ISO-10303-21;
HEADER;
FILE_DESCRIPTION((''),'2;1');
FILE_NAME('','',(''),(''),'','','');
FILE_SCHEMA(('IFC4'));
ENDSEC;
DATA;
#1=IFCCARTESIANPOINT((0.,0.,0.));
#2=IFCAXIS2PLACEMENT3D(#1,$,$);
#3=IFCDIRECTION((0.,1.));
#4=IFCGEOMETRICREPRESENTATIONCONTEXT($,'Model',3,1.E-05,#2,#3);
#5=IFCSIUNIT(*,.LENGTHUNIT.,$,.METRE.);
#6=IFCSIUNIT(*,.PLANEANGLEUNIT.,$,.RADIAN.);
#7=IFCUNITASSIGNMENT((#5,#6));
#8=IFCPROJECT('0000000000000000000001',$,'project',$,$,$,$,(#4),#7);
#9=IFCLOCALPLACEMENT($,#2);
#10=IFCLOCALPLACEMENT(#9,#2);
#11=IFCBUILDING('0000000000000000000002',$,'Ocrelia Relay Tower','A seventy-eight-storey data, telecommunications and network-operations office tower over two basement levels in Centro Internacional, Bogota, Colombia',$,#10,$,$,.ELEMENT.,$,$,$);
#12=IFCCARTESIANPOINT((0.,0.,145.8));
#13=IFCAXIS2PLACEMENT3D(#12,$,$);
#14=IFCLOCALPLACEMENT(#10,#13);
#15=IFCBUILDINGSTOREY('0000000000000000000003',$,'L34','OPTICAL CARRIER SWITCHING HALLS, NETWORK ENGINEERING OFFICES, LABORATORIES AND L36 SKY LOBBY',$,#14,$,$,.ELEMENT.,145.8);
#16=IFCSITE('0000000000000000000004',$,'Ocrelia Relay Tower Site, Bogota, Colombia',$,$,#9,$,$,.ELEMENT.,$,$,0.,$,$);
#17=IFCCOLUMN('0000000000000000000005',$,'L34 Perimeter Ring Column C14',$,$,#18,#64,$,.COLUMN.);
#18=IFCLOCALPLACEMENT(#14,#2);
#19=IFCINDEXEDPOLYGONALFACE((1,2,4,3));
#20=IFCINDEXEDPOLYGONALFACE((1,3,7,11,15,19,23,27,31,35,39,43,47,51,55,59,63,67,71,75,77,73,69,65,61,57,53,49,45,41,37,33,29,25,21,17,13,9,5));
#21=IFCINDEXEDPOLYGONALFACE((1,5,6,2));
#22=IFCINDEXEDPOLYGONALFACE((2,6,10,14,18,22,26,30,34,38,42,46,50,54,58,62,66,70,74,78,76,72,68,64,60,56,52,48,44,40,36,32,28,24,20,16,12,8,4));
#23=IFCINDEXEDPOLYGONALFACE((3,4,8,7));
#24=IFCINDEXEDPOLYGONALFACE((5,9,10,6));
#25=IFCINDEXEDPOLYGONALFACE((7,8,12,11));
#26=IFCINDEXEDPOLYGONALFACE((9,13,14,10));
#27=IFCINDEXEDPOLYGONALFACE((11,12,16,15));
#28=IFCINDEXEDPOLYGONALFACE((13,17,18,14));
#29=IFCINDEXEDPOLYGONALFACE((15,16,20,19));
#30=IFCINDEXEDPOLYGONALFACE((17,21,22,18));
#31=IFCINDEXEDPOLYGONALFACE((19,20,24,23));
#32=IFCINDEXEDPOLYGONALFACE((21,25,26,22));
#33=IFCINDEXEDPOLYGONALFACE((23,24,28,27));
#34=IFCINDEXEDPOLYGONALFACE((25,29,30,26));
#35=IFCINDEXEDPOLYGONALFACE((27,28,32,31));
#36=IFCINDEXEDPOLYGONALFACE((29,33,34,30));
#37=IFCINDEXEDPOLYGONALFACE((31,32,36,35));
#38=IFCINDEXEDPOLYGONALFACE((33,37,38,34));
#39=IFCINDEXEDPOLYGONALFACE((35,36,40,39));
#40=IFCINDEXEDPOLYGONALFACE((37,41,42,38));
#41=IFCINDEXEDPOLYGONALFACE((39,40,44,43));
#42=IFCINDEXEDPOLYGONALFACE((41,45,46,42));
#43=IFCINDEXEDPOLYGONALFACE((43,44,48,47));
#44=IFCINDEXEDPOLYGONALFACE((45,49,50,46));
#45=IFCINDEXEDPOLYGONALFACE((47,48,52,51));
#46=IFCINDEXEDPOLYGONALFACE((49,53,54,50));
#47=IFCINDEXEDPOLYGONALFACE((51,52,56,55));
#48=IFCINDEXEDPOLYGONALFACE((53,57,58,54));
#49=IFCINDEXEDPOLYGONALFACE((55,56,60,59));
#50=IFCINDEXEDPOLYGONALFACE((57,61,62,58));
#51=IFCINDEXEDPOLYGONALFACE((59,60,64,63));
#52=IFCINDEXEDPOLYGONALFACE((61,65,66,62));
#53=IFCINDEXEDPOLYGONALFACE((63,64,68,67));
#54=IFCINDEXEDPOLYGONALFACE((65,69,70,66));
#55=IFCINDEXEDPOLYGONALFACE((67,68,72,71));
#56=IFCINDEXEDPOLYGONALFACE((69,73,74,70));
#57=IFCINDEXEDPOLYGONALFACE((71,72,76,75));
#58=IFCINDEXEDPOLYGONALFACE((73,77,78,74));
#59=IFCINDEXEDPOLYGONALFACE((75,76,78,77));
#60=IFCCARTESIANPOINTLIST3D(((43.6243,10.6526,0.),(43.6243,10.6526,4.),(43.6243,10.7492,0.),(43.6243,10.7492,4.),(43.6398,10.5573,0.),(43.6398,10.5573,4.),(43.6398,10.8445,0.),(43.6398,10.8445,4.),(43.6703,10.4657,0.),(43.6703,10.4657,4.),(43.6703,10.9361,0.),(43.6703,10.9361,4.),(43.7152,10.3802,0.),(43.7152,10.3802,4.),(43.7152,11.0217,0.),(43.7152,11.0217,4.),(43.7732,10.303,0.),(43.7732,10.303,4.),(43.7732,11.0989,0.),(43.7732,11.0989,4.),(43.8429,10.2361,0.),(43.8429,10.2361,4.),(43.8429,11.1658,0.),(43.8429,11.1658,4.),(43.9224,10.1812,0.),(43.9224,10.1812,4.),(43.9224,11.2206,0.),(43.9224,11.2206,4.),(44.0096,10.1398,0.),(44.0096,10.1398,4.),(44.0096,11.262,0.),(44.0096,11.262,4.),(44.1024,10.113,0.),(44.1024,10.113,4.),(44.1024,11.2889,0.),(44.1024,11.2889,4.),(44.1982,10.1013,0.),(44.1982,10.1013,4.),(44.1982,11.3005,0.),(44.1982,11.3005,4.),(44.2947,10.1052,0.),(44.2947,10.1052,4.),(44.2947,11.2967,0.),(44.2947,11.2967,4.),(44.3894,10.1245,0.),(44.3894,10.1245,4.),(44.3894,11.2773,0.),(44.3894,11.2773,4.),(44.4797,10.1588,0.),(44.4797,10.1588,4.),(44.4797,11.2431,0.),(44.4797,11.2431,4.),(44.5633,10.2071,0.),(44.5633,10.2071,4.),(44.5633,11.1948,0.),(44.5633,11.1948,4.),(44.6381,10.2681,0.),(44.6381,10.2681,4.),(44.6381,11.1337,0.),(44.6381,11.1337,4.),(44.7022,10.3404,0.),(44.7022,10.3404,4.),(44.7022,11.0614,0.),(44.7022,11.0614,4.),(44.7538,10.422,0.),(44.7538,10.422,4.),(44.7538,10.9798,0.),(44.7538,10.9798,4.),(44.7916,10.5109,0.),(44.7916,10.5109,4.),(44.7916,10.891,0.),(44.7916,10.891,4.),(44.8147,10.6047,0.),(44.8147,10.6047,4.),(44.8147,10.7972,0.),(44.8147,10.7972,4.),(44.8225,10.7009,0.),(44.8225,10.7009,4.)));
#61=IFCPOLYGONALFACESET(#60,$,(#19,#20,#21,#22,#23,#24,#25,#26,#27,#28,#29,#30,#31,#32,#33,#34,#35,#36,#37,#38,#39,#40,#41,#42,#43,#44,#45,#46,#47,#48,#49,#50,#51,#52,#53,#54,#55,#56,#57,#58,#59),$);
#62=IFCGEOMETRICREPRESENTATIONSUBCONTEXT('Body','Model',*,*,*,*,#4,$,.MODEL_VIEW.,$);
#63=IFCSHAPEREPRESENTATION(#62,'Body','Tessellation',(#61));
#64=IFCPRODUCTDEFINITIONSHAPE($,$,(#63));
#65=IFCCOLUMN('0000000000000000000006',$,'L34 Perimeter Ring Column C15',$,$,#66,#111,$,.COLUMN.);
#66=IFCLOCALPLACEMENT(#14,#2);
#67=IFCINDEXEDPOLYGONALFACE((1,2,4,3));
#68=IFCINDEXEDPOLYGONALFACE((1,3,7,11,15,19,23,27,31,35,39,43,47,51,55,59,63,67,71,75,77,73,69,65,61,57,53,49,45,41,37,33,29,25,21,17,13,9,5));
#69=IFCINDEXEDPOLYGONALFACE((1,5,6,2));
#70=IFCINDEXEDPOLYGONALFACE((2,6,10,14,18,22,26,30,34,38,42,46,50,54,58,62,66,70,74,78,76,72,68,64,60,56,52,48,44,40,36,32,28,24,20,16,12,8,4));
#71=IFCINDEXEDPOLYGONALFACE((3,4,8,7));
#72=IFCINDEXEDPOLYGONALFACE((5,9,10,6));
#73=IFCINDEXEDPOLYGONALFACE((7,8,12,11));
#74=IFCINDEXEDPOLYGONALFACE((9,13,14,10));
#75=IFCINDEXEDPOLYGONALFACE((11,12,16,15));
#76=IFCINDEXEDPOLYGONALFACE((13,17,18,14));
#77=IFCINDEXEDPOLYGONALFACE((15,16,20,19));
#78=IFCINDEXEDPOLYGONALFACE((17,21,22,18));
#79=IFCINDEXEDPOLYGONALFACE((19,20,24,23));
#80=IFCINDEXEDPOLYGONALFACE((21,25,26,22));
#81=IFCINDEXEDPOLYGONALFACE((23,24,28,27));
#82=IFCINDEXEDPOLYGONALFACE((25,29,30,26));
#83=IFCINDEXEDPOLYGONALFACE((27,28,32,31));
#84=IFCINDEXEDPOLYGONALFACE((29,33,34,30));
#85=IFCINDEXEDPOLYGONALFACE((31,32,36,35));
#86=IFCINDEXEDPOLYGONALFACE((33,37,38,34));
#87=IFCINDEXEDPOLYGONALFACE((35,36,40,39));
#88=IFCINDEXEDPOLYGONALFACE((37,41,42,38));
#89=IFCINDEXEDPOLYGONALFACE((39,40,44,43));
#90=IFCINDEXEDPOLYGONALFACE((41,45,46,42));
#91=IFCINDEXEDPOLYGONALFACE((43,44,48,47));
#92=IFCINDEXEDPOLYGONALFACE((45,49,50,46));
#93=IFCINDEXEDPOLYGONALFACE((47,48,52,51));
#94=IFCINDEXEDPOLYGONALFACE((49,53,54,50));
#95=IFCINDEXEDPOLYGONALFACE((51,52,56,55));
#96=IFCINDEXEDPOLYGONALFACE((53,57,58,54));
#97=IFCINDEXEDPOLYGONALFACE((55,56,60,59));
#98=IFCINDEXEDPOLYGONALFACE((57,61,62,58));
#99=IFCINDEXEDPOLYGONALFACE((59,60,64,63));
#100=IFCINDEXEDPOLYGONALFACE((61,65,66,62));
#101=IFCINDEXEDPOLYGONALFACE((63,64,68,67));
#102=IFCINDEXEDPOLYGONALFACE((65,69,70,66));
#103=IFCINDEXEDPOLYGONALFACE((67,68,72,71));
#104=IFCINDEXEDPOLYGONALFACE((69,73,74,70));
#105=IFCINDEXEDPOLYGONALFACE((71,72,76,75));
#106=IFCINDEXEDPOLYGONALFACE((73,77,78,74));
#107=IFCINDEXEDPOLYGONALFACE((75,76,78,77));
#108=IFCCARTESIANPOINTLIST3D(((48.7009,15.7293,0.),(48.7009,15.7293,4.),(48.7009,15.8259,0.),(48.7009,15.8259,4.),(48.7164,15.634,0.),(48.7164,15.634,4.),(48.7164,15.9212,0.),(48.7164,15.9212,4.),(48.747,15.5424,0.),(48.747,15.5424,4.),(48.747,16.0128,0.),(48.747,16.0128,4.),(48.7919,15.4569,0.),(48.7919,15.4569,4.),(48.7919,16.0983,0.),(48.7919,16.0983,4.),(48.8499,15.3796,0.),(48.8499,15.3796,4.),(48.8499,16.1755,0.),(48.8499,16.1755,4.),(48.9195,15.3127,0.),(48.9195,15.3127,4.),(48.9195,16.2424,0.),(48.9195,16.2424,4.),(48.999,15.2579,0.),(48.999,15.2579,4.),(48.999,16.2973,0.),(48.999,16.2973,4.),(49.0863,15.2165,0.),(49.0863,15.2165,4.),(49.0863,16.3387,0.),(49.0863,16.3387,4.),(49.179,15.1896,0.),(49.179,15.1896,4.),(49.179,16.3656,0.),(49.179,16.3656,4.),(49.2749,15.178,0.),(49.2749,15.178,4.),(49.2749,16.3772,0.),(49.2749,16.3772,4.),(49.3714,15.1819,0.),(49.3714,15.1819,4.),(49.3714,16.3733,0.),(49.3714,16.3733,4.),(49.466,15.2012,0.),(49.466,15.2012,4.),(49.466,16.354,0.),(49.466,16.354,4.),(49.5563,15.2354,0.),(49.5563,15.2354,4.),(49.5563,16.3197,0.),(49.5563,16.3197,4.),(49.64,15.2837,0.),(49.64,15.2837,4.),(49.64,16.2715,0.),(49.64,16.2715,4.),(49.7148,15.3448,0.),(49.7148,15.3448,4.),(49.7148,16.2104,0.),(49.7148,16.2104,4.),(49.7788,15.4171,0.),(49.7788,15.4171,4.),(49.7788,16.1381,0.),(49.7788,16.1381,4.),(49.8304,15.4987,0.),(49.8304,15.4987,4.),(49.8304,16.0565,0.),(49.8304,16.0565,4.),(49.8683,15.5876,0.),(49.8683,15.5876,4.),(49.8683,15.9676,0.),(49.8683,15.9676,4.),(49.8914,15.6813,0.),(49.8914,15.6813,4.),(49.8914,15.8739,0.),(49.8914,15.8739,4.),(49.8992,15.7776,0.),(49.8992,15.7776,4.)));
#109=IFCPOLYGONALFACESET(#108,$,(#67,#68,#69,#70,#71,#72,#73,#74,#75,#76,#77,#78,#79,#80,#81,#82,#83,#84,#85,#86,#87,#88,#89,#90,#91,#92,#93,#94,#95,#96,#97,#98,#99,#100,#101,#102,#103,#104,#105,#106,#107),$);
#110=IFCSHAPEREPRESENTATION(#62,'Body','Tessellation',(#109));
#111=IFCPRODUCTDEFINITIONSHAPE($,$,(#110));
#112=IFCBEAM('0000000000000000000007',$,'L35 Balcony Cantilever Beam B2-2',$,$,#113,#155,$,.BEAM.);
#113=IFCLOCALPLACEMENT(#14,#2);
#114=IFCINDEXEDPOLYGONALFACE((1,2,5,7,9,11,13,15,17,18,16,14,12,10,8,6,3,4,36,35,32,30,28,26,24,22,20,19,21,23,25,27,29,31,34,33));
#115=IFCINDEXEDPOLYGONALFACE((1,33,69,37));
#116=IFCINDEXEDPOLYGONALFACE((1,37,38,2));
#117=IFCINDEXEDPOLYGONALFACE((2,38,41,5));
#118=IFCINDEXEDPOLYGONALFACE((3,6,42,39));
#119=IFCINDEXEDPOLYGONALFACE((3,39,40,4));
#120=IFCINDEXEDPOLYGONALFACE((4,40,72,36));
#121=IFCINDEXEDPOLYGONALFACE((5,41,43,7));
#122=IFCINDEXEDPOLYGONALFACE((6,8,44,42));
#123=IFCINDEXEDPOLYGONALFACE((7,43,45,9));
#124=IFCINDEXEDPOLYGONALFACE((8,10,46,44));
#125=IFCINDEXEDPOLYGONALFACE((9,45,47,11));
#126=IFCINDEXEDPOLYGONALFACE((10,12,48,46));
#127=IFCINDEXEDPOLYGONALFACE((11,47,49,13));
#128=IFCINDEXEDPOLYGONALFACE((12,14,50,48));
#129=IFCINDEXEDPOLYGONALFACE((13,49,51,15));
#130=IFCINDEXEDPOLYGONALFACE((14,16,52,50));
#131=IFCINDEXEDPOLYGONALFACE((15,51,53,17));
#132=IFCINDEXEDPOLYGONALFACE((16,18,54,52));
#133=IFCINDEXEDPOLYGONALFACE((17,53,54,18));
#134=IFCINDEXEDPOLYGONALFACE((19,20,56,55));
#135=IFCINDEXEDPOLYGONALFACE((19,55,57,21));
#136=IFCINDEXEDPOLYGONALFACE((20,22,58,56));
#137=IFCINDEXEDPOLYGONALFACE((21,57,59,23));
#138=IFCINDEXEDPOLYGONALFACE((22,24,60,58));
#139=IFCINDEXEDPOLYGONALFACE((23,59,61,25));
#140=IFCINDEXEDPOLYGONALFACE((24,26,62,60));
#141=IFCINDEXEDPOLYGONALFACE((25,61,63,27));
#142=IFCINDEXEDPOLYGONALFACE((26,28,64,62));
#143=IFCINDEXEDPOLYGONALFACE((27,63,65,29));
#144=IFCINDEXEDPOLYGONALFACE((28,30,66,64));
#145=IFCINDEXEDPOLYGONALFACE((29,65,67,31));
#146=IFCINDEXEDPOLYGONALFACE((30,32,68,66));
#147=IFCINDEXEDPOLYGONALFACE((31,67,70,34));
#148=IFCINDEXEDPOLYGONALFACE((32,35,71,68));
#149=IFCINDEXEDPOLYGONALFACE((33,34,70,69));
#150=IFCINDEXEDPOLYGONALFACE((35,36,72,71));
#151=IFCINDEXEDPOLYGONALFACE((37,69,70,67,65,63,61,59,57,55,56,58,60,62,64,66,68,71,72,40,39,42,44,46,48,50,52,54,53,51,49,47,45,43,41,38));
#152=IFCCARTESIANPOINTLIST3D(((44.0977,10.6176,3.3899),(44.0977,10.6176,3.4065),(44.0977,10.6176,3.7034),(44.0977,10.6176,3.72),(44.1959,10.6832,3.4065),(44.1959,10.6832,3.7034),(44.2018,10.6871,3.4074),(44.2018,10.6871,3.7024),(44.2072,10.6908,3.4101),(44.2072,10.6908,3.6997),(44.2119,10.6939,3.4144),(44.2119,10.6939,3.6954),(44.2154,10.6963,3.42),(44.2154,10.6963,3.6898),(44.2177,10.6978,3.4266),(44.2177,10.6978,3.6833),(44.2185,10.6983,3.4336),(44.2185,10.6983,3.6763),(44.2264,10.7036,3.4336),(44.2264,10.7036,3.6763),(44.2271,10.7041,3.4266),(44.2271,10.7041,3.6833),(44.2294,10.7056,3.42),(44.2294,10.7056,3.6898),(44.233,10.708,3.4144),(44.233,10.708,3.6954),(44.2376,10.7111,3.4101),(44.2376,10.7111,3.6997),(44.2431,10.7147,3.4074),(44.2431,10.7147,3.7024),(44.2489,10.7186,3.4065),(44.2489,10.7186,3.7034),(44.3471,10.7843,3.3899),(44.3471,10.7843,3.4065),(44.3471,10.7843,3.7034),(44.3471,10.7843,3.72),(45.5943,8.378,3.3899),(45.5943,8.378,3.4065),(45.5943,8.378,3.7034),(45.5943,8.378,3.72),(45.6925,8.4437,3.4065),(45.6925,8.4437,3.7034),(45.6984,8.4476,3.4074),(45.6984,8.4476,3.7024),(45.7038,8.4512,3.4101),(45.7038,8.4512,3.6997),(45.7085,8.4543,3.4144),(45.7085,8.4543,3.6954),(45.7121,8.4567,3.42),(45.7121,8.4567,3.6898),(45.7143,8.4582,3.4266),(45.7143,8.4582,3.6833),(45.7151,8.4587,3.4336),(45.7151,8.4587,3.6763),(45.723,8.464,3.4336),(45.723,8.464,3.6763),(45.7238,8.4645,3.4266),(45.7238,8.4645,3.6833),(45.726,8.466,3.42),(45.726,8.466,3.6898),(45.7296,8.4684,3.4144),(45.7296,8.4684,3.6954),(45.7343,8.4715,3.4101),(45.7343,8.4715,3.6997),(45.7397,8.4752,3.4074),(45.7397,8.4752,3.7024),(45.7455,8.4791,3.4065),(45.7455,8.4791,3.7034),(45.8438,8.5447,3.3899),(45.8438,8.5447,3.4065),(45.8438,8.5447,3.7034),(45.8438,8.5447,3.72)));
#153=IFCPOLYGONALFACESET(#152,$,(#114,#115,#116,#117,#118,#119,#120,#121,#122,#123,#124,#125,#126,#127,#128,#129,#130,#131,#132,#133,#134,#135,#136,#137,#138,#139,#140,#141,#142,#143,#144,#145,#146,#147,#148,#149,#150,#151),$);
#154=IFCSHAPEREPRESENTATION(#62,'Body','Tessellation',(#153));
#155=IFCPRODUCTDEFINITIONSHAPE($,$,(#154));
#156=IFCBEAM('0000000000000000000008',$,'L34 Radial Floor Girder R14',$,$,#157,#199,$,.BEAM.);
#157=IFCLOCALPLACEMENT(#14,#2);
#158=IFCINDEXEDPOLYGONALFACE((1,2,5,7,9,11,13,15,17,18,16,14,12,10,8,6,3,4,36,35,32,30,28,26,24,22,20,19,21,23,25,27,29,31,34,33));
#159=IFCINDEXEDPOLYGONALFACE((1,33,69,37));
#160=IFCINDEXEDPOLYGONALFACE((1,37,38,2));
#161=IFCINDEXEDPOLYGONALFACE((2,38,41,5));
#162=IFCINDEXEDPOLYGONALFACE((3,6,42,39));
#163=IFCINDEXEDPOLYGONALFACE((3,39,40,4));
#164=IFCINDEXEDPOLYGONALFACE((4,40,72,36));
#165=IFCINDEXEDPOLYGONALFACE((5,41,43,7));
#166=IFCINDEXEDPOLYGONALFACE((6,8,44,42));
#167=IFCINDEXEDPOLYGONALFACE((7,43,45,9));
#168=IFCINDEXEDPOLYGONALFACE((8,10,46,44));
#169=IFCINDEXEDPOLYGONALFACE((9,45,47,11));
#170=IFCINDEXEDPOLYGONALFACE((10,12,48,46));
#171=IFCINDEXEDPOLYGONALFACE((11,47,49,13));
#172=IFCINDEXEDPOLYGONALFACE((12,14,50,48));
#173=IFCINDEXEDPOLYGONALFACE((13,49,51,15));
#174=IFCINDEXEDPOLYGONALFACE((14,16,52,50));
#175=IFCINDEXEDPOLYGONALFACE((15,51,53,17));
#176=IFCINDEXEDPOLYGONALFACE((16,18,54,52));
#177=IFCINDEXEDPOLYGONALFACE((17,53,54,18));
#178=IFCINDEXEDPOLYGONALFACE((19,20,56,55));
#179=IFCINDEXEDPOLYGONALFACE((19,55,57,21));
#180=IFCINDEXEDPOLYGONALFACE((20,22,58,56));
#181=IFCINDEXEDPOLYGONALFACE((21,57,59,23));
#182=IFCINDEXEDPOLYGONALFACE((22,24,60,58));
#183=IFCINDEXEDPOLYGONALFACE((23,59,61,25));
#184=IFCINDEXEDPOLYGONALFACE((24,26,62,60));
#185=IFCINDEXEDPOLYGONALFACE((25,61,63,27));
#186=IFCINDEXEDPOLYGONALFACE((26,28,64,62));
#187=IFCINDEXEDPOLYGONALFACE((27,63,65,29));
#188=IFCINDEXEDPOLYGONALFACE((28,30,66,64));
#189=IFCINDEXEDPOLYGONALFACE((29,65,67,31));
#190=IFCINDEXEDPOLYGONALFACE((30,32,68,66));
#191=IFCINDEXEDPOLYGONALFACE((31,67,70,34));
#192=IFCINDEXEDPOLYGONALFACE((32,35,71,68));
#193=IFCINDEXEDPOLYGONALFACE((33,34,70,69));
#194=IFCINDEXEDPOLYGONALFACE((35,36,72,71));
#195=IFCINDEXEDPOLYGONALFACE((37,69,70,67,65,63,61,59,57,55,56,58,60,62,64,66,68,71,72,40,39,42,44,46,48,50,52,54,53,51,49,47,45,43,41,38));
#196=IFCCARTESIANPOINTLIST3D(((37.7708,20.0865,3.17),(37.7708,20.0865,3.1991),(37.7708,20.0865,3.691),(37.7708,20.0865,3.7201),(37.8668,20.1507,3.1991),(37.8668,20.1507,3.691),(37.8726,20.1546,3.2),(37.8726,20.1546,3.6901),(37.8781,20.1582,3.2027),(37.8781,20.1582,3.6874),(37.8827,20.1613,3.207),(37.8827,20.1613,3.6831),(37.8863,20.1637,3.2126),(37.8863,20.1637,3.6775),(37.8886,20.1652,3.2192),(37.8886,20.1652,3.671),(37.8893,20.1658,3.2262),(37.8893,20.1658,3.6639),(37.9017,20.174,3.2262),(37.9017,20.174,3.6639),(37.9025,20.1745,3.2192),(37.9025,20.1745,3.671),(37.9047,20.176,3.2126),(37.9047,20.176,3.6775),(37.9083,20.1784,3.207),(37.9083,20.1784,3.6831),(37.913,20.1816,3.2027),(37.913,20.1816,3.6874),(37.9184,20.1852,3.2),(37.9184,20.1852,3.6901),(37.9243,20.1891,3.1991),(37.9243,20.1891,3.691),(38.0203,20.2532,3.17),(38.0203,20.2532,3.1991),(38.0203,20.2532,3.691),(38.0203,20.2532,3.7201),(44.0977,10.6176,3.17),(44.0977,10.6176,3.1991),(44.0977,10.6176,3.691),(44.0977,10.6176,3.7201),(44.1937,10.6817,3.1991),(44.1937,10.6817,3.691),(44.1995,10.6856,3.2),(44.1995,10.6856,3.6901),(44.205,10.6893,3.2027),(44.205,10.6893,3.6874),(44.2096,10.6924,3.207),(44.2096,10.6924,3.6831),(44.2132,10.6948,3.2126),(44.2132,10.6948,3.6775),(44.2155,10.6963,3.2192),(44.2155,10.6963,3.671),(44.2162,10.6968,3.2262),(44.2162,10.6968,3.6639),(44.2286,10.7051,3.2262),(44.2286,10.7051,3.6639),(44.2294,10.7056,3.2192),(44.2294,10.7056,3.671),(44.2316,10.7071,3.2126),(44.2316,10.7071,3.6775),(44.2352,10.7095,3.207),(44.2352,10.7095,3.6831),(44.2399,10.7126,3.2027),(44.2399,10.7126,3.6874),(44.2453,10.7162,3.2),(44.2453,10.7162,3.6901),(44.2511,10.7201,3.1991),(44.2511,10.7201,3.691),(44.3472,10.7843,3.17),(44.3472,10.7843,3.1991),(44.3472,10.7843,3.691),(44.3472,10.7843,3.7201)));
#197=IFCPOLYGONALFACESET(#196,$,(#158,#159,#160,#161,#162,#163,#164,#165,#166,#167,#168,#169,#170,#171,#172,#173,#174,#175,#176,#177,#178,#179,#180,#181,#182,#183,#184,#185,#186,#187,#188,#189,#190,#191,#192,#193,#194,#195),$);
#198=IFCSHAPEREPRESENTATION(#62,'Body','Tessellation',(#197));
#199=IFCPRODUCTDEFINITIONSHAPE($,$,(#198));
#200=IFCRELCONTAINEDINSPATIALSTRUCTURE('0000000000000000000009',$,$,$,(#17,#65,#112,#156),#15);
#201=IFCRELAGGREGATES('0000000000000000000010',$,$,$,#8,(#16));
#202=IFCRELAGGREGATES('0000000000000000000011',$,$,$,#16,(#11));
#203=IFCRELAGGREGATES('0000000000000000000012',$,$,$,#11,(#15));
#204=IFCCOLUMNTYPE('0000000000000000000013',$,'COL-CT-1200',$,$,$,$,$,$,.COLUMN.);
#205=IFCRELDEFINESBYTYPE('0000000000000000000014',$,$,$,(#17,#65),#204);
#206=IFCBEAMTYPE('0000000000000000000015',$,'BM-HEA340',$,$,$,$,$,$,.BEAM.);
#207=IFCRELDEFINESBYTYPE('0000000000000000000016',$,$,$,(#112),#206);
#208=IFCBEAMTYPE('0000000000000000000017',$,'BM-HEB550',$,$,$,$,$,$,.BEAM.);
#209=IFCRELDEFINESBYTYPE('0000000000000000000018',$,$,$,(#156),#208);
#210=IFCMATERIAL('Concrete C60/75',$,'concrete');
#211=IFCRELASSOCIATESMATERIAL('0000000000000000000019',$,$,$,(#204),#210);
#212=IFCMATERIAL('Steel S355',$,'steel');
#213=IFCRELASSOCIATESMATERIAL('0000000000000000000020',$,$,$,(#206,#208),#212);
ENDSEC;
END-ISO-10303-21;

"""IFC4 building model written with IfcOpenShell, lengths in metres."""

from ifc_helpers import new_model, si_unit, direction, frame, origin, origin_2d, place, context, subcontext, project, spatial, circle, i_section, extrude, material, material_profile, profile_set, type_object, element, save


model = new_model("IFC4")

# Units and contexts
model_context = context("Model", 3, precision=1e-05, world=origin(), true_north=direction((0.0, 1.0)))
body_context = subcontext(model_context, "Body", "Model", "MODEL_VIEW")
ifc_project = project(units=[si_unit("LENGTHUNIT", "METRE"), si_unit("PLANEANGLEUNIT", "RADIAN")], contexts=[model_context])

# Site, building, storey
site_placement = place(None, origin())
site = spatial("IfcSite", under=ifc_project, at=site_placement, Name="Ocrelia Relay Tower Site, Bogota, Colombia", CompositionType="ELEMENT", RefElevation=0.0)
building_placement = place(site_placement, origin())
building = spatial("IfcBuilding", under=site, at=building_placement, Name="Ocrelia Relay Tower", Description="A seventy-eight-storey data, telecommunications and network-operations office tower over two basement levels in Centro Internacional, Bogota, Colombia", CompositionType="ELEMENT")
storey_placement = place(building_placement, frame((0.0, 0.0, 145.8)))
storey = spatial("IfcBuildingStorey", under=building, at=storey_placement, Name="L34", Description="OPTICAL CARRIER SWITCHING HALLS, NETWORK ENGINEERING OFFICES, LABORATORIES AND L36 SKY LOBBY", CompositionType="ELEMENT", Elevation=145.8)

# Columns
ifc_material_1 = material(Name="Concrete C60/75", Category="concrete")
ifc_material_profile_1 = material_profile(ifc_material_1, circle(Radius=0.6001, at=origin_2d()), Name="RC-CIR-1200")
ifc_profile_set_1 = profile_set([ifc_material_profile_1], Name="Concrete C60/75")
column_type = type_object("IfcColumnType", Name="COL-CT-1200", PredefinedType="COLUMN", material=ifc_profile_set_1)
for number, where, z_axis, x_axis, name in (
    (1, (44.2224, 10.7009, 0.0), (0.0, 0.0, 1.0), (1.0, 0.0, 0.0), "L34 Perimeter Ring Column C14"),
    (2, (49.2991, 15.7776, 0.0), (0.0, 0.0, 1.0), (1.0, 0.0, 0.0), "L34 Perimeter Ring Column C15"),
):
    element("IfcColumn", number, at=place(storey_placement, frame(where, z_axis=z_axis, x_axis=x_axis)), inside=storey, type_object=column_type, Name=name, PredefinedType="COLUMN", context=body_context, shape_type="SweptSolid", body=[
        extrude(circle(Radius=0.6001, at=origin_2d()), origin(), (0.0, 0.0, 1.0), 4.0),
    ])

# Beams
ifc_material_2 = material(Name="Steel S355", Category="steel")
ifc_material_profile_2 = material_profile(ifc_material_2, i_section(OverallWidth=0.3, OverallDepth=0.3301, WebThickness=0.0095, FlangeThickness=0.0166, FilletRadius=0.0271, at=origin_2d()), Name="HEA 340")
ifc_profile_set_2 = profile_set([ifc_material_profile_2], Name="Steel S355")
beam_type_1 = type_object("IfcBeamType", Name="BM-HEA340", PredefinedType="BEAM", material=ifc_profile_set_2)
beam_1_placement = place(storey_placement, frame((44.2224, 10.7009, 3.5549), z_axis=(0.55562, -0.831436, 0.0), x_axis=(0.831436, 0.55562, 0.0)))
element("IfcBeam", 3, at=beam_1_placement, inside=storey, type_object=beam_type_1, Name="L35 Balcony Cantilever Beam B2-2", PredefinedType="BEAM", context=body_context, shape_type="SweptSolid", body=[
    extrude(i_section(OverallWidth=0.3, OverallDepth=0.3301, WebThickness=0.0095, FlangeThickness=0.0166, FilletRadius=0.0271, at=origin_2d()), origin(), (0.0, 0.0, 1.0), 2.6936),
])
ifc_material_profile_3 = material_profile(ifc_material_2, i_section(OverallWidth=0.3, OverallDepth=0.55, WebThickness=0.0149, FlangeThickness=0.0291, FilletRadius=0.0271, at=origin_2d()), Name="HEB 550")
ifc_profile_set_3 = profile_set([ifc_material_profile_3], Name="Steel S355")
beam_type_2 = type_object("IfcBeamType", Name="BM-HEB550", PredefinedType="BEAM", material=ifc_profile_set_3)
beam_2_placement = place(storey_placement, frame((44.2224, 10.7009, 3.4451), z_axis=(-0.555566, 0.831473, 0.0), x_axis=(-0.831473, -0.555566, 0.0)))
element("IfcBeam", 4, at=beam_2_placement, inside=storey, type_object=beam_type_2, Name="L34 Radial Floor Girder R14", PredefinedType="BEAM", context=body_context, shape_type="SweptSolid", body=[
    extrude(i_section(OverallWidth=0.3, OverallDepth=0.55, WebThickness=0.0149, FlangeThickness=0.0291, FilletRadius=0.0271, at=origin_2d()), origin(), (0.0, 0.0, 1.0), 11.3882),
])

save(model, "model.ifc")
